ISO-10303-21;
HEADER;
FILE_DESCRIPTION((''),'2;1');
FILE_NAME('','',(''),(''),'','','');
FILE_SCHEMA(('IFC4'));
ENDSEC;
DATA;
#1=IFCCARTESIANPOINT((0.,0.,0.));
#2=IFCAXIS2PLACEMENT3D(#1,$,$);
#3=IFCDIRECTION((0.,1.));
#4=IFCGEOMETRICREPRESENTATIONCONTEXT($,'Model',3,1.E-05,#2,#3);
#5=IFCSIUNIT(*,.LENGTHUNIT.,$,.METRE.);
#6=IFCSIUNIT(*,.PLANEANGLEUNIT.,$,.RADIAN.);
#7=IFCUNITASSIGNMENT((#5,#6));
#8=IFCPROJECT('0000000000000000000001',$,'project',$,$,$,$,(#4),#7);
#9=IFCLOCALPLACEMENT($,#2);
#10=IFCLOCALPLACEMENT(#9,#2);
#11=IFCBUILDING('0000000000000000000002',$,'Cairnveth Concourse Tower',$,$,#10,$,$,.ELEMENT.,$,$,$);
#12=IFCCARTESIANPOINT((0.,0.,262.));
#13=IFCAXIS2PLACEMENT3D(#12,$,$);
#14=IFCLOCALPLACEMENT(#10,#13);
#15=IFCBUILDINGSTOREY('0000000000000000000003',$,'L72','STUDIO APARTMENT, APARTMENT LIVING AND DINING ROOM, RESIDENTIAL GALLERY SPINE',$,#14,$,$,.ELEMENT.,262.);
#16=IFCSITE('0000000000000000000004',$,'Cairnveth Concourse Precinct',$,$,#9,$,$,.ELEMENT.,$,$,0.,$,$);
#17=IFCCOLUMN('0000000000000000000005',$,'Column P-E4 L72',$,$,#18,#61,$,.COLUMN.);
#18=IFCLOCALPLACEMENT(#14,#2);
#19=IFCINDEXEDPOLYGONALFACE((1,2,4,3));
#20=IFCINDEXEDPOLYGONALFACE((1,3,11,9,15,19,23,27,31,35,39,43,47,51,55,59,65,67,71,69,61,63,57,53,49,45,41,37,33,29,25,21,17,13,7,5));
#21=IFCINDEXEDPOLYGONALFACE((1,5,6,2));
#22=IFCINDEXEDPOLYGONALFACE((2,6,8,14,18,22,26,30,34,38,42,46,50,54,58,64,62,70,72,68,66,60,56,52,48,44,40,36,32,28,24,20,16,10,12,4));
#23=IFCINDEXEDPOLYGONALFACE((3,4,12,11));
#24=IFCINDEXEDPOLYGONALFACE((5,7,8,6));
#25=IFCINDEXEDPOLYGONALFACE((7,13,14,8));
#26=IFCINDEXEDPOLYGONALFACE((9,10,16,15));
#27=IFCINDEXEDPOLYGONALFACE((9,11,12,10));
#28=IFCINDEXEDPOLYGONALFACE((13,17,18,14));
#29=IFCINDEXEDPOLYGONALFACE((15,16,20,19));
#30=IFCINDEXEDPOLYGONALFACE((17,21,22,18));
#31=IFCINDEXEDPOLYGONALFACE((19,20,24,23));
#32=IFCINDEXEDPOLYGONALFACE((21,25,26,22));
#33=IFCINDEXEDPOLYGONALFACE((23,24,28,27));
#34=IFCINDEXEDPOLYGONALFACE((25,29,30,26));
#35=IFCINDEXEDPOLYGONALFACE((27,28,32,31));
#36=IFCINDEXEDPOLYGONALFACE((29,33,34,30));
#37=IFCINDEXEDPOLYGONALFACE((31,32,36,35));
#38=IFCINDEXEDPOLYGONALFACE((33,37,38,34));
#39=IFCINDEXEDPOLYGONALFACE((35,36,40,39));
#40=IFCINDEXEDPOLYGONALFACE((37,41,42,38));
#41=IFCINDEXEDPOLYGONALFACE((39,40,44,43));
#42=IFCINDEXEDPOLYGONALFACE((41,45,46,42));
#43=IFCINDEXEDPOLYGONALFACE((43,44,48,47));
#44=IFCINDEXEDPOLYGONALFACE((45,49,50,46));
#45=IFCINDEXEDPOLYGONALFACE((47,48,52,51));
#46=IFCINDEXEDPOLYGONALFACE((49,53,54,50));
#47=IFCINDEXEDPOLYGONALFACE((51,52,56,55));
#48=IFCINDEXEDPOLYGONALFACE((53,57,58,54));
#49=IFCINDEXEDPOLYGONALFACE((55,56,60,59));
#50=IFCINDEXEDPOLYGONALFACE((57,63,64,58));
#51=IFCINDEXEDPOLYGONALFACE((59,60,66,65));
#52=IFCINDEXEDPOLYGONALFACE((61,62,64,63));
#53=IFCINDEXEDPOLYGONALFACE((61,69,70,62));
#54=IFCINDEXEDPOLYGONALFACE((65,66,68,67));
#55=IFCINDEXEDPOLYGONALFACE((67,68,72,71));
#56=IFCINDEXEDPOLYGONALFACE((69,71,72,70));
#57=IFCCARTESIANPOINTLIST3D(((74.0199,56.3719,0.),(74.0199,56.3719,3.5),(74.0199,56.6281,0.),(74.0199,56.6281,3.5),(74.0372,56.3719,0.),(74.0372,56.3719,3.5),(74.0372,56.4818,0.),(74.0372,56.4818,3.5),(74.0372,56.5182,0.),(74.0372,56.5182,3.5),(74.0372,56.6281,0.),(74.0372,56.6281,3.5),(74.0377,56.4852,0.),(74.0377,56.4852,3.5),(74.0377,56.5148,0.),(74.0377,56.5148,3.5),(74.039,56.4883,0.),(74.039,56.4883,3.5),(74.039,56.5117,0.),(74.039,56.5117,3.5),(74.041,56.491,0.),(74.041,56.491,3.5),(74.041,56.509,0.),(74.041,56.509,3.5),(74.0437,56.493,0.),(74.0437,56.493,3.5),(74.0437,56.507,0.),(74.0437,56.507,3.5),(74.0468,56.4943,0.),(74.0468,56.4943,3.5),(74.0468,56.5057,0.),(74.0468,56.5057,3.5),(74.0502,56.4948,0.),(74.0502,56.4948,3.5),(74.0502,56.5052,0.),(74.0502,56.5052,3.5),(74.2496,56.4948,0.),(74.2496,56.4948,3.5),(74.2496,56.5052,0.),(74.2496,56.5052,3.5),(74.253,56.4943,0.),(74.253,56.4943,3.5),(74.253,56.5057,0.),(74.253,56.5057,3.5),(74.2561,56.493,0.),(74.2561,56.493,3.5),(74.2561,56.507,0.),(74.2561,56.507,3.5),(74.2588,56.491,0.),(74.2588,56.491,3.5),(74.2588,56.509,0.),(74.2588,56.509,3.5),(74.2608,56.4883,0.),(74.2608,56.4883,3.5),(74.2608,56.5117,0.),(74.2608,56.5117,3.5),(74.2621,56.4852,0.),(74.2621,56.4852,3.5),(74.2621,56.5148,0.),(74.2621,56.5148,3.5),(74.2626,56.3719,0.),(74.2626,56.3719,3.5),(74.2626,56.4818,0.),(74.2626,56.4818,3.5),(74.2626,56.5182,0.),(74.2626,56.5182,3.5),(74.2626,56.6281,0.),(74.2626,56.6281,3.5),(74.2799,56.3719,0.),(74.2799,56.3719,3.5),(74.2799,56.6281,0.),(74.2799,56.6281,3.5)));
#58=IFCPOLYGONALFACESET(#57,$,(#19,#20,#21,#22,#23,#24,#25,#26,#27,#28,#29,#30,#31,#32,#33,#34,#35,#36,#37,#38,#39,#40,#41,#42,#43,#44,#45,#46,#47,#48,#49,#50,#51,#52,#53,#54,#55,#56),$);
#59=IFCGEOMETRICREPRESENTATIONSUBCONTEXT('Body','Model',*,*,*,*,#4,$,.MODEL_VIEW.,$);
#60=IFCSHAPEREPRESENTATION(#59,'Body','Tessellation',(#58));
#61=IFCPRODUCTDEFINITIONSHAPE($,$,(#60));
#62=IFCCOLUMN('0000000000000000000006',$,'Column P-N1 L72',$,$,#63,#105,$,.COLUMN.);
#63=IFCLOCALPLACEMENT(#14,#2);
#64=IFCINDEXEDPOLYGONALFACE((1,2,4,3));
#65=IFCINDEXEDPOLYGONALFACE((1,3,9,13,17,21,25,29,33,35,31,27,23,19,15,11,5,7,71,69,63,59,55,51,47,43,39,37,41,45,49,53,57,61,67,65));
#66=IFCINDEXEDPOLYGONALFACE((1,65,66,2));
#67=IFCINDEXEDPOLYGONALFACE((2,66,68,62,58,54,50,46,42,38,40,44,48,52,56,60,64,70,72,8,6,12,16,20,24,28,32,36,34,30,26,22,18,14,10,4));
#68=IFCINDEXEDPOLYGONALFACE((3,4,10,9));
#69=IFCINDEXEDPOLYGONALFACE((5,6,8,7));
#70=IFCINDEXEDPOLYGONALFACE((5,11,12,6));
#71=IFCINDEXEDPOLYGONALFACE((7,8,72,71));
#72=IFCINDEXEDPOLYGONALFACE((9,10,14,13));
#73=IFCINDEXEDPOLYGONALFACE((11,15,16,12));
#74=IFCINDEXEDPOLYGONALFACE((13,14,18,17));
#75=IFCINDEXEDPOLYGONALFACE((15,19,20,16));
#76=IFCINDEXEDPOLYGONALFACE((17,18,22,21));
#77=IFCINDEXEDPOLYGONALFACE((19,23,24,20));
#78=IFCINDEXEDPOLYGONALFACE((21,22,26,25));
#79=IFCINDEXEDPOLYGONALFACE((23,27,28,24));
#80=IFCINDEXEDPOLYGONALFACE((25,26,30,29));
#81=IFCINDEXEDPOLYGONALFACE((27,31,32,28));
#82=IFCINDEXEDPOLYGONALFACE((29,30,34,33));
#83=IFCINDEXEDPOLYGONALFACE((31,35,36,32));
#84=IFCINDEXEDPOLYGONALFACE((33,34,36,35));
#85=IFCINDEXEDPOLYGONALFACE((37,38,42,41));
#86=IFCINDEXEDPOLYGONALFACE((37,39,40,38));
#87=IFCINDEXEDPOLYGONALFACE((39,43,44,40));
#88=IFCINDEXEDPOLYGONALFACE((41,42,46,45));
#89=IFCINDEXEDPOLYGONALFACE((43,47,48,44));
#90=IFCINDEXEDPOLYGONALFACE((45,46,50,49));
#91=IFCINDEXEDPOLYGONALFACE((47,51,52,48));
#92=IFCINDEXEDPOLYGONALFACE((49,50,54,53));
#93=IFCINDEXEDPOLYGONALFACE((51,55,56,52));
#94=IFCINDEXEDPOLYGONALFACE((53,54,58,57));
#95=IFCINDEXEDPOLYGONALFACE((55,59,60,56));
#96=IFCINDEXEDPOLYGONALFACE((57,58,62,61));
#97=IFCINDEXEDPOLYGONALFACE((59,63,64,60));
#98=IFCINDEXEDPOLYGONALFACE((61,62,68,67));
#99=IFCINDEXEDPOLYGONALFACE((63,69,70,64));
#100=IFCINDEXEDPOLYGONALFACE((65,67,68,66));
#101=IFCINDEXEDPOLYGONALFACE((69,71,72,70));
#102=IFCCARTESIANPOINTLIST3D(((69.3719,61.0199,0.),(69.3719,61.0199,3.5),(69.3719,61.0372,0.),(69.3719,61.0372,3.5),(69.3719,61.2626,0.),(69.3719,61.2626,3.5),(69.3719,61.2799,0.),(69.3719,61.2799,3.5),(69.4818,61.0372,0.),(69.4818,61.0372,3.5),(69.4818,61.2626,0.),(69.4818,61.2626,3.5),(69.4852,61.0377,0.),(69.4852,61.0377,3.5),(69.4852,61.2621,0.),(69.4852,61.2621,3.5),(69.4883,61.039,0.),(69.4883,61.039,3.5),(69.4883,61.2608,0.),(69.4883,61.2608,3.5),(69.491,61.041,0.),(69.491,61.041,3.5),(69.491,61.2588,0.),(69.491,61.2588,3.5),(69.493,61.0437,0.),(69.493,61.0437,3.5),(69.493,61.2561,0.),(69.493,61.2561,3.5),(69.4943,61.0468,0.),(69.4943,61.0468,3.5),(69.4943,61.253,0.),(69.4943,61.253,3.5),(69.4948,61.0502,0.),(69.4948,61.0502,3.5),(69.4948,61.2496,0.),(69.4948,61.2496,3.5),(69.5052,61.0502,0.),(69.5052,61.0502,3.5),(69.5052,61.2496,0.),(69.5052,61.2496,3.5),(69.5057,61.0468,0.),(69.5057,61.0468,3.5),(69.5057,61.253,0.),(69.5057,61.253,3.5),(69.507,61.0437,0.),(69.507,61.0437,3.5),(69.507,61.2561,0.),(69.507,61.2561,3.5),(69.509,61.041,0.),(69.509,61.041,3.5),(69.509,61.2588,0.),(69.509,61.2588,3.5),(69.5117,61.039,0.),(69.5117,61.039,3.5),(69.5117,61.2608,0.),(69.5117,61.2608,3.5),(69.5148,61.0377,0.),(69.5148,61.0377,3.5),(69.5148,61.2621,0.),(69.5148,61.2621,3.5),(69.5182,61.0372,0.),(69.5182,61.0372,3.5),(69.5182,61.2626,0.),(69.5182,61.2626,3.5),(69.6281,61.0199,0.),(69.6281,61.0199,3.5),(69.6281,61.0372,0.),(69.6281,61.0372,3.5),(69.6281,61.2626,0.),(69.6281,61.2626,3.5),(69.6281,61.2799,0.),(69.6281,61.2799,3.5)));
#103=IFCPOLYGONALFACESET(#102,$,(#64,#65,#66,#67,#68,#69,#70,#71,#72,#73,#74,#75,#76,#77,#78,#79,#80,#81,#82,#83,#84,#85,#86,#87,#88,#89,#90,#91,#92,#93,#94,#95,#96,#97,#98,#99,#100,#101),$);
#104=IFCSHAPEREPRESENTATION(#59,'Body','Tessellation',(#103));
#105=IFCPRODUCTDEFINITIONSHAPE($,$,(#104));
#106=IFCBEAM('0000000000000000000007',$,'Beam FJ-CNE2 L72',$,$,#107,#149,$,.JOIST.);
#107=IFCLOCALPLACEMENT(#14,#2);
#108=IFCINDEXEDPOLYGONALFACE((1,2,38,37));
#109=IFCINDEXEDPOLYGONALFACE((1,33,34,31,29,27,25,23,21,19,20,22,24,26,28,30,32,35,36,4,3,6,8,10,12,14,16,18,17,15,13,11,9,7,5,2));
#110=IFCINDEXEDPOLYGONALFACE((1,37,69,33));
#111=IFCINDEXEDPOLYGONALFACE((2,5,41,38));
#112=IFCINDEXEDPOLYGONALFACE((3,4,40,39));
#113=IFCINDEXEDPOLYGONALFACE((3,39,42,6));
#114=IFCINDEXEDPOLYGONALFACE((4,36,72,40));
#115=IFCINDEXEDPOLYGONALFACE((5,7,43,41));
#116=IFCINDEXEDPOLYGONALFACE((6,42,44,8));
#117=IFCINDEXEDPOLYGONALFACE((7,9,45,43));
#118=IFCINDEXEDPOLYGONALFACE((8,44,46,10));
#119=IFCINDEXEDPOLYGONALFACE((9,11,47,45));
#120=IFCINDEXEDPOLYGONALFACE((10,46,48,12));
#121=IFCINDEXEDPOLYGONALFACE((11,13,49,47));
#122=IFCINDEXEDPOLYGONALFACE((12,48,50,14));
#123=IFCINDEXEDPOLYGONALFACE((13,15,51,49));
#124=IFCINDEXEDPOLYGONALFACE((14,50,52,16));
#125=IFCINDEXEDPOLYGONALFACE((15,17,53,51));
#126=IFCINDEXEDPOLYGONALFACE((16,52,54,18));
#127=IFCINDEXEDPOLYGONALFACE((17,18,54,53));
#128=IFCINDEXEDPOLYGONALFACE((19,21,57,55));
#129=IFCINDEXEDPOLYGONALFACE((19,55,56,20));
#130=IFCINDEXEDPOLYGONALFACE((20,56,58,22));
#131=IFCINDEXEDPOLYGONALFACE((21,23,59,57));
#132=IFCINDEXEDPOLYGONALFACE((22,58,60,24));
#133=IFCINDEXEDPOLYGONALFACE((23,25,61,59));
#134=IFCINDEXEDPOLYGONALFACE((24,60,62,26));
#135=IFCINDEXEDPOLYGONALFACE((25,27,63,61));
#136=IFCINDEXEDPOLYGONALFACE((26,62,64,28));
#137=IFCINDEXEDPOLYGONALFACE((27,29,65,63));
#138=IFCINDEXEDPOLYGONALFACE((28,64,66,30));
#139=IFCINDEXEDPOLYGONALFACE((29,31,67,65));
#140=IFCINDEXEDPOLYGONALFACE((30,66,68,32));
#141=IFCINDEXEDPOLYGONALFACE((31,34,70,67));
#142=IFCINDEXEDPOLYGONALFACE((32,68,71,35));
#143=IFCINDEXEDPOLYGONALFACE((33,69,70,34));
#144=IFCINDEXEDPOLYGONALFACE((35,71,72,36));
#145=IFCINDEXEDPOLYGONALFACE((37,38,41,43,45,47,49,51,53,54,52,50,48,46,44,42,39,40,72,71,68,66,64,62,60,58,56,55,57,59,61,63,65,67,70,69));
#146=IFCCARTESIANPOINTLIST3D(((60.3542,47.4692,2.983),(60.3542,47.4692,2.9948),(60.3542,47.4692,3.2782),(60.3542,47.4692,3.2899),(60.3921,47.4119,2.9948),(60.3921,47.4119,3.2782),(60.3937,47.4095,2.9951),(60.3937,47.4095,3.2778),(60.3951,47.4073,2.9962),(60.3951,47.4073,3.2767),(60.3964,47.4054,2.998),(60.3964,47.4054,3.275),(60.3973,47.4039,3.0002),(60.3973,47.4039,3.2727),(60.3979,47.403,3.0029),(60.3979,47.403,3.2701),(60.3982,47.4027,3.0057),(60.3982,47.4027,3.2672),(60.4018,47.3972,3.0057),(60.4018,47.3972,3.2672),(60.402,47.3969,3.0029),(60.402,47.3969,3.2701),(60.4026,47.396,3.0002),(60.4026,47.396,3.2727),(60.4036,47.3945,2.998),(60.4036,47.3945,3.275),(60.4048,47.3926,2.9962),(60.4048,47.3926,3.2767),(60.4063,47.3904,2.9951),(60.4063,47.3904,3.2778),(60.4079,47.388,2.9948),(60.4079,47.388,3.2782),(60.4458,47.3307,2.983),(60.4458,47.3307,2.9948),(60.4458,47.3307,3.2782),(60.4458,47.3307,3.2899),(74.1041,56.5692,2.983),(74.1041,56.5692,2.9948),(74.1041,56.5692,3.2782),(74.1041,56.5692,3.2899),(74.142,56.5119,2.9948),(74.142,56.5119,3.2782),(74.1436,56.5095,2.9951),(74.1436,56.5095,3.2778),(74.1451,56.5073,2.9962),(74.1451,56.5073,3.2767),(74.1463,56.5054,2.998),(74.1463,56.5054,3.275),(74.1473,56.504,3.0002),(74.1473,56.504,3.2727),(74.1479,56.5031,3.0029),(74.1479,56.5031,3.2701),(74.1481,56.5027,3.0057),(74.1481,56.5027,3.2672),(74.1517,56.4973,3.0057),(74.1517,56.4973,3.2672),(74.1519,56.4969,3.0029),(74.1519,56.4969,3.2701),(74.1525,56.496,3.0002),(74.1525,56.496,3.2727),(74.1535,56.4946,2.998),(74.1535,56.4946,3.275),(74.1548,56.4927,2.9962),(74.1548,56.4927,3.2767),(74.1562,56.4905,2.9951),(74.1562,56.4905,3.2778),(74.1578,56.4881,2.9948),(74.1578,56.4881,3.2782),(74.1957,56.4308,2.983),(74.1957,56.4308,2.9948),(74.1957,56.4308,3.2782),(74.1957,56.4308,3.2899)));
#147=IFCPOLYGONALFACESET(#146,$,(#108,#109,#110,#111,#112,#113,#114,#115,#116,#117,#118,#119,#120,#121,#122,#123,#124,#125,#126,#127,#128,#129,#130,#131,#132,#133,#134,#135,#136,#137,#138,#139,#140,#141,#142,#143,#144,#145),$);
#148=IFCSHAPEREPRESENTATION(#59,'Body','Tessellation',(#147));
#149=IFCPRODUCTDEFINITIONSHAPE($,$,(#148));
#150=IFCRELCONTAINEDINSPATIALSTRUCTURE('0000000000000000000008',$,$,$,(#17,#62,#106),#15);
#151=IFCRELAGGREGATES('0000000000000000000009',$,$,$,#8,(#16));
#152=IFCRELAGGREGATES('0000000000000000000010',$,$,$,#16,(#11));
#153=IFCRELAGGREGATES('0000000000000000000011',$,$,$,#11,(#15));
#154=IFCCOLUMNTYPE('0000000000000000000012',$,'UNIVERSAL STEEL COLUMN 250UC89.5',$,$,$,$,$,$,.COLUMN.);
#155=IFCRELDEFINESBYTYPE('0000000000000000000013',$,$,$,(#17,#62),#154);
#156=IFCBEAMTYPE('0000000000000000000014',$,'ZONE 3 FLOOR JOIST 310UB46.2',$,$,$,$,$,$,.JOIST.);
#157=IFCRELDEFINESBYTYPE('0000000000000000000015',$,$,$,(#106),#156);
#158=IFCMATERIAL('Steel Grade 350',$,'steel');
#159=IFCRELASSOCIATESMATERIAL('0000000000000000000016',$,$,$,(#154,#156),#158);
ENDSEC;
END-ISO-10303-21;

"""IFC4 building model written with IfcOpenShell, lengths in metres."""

from ifc_helpers import new_model, si_unit, direction, frame, origin, origin_2d, place, context, subcontext, project, spatial, i_section, extrude, material, material_profile, profile_set, type_object, element, save


model = new_model("IFC4")

# Units and contexts
model_context = context("Model", 3, precision=1e-05, world=origin(), true_north=direction((0.0, 1.0)))
body_context = subcontext(model_context, "Body", "Model", "MODEL_VIEW")
ifc_project = project(units=[si_unit("LENGTHUNIT", "METRE"), si_unit("PLANEANGLEUNIT", "RADIAN")], contexts=[model_context])

# Site, building, storey
site_placement = place(None, origin())
site = spatial("IfcSite", under=ifc_project, at=site_placement, Name="Cairnveth Concourse Precinct", CompositionType="ELEMENT", RefElevation=0.0)
building_placement = place(site_placement, origin())
building = spatial("IfcBuilding", under=site, at=building_placement, Name="Cairnveth Concourse Tower", CompositionType="ELEMENT")
storey_placement = place(building_placement, frame((0.0, 0.0, 262.0)))
storey = spatial("IfcBuildingStorey", under=building, at=storey_placement, Name="L72", Description="STUDIO APARTMENT, APARTMENT LIVING AND DINING ROOM, RESIDENTIAL GALLERY SPINE", CompositionType="ELEMENT", Elevation=262.0)

# Columns
ifc_material_1 = material(Name="Steel Grade 350", Category="steel")
ifc_material_profile_1 = material_profile(ifc_material_1, i_section(OverallWidth=0.2561, OverallDepth=0.26, WebThickness=0.0105, FlangeThickness=0.0173, FilletRadius=0.0129, at=origin_2d()), Name="250UC89.5")
ifc_profile_set_1 = profile_set([ifc_material_profile_1], Name="Steel Grade 350")
column_type = type_object("IfcColumnType", Name="UNIVERSAL STEEL COLUMN 250UC89.5", PredefinedType="COLUMN", material=ifc_profile_set_1)
for number, where, z_axis, x_axis, name in (
    (1, (74.1499, 56.5, 0.0), (0.0, 0.0, 1.0), (0.0, 1.0, 0.0), "Column P-E4 L72"),
    (2, (69.5, 61.1499, 0.0), (0.0, 0.0, 1.0), (1.0, 0.0, 0.0), "Column P-N1 L72"),
):
    element("IfcColumn", number, at=place(storey_placement, frame(where, z_axis=z_axis, x_axis=x_axis)), inside=storey, type_object=column_type, Name=name, PredefinedType="COLUMN", context=body_context, shape_type="SweptSolid", body=[
        extrude(i_section(OverallWidth=0.2561, OverallDepth=0.26, WebThickness=0.0105, FlangeThickness=0.0173, FilletRadius=0.0129, at=origin_2d()), origin(), (0.0, 0.0, 1.0), 3.5),
    ])

# Beam
ifc_material_profile_2 = material_profile(ifc_material_1, i_section(OverallWidth=0.166, OverallDepth=0.3069, WebThickness=0.0066, FlangeThickness=0.0117, FilletRadius=0.011, at=origin_2d()), Name="310UB46.2")
ifc_profile_set_2 = profile_set([ifc_material_profile_2], Name="Steel Grade 350")
beam_type_1 = type_object("IfcBeamType", Name="ZONE 3 FLOOR JOIST 310UB46.2", PredefinedType="JOIST", material=ifc_profile_set_2)
beam_1_placement = place(storey_placement, frame((74.1499, 56.5, 3.1365), z_axis=(-0.833909, -0.551902, 0.0), x_axis=(0.551902, -0.833909, 0.0)))
element("IfcBeam", 3, at=beam_1_placement, inside=storey, type_object=beam_type_1, Name="Beam FJ-CNE2 L72", PredefinedType="JOIST", context=body_context, shape_type="SweptSolid", body=[
    extrude(i_section(OverallWidth=0.166, OverallDepth=0.3069, WebThickness=0.0066, FlangeThickness=0.0117, FilletRadius=0.011, at=origin_2d()), origin(), (0.0, 0.0, 1.0), 16.4885),
])

save(model, "model.ifc")
